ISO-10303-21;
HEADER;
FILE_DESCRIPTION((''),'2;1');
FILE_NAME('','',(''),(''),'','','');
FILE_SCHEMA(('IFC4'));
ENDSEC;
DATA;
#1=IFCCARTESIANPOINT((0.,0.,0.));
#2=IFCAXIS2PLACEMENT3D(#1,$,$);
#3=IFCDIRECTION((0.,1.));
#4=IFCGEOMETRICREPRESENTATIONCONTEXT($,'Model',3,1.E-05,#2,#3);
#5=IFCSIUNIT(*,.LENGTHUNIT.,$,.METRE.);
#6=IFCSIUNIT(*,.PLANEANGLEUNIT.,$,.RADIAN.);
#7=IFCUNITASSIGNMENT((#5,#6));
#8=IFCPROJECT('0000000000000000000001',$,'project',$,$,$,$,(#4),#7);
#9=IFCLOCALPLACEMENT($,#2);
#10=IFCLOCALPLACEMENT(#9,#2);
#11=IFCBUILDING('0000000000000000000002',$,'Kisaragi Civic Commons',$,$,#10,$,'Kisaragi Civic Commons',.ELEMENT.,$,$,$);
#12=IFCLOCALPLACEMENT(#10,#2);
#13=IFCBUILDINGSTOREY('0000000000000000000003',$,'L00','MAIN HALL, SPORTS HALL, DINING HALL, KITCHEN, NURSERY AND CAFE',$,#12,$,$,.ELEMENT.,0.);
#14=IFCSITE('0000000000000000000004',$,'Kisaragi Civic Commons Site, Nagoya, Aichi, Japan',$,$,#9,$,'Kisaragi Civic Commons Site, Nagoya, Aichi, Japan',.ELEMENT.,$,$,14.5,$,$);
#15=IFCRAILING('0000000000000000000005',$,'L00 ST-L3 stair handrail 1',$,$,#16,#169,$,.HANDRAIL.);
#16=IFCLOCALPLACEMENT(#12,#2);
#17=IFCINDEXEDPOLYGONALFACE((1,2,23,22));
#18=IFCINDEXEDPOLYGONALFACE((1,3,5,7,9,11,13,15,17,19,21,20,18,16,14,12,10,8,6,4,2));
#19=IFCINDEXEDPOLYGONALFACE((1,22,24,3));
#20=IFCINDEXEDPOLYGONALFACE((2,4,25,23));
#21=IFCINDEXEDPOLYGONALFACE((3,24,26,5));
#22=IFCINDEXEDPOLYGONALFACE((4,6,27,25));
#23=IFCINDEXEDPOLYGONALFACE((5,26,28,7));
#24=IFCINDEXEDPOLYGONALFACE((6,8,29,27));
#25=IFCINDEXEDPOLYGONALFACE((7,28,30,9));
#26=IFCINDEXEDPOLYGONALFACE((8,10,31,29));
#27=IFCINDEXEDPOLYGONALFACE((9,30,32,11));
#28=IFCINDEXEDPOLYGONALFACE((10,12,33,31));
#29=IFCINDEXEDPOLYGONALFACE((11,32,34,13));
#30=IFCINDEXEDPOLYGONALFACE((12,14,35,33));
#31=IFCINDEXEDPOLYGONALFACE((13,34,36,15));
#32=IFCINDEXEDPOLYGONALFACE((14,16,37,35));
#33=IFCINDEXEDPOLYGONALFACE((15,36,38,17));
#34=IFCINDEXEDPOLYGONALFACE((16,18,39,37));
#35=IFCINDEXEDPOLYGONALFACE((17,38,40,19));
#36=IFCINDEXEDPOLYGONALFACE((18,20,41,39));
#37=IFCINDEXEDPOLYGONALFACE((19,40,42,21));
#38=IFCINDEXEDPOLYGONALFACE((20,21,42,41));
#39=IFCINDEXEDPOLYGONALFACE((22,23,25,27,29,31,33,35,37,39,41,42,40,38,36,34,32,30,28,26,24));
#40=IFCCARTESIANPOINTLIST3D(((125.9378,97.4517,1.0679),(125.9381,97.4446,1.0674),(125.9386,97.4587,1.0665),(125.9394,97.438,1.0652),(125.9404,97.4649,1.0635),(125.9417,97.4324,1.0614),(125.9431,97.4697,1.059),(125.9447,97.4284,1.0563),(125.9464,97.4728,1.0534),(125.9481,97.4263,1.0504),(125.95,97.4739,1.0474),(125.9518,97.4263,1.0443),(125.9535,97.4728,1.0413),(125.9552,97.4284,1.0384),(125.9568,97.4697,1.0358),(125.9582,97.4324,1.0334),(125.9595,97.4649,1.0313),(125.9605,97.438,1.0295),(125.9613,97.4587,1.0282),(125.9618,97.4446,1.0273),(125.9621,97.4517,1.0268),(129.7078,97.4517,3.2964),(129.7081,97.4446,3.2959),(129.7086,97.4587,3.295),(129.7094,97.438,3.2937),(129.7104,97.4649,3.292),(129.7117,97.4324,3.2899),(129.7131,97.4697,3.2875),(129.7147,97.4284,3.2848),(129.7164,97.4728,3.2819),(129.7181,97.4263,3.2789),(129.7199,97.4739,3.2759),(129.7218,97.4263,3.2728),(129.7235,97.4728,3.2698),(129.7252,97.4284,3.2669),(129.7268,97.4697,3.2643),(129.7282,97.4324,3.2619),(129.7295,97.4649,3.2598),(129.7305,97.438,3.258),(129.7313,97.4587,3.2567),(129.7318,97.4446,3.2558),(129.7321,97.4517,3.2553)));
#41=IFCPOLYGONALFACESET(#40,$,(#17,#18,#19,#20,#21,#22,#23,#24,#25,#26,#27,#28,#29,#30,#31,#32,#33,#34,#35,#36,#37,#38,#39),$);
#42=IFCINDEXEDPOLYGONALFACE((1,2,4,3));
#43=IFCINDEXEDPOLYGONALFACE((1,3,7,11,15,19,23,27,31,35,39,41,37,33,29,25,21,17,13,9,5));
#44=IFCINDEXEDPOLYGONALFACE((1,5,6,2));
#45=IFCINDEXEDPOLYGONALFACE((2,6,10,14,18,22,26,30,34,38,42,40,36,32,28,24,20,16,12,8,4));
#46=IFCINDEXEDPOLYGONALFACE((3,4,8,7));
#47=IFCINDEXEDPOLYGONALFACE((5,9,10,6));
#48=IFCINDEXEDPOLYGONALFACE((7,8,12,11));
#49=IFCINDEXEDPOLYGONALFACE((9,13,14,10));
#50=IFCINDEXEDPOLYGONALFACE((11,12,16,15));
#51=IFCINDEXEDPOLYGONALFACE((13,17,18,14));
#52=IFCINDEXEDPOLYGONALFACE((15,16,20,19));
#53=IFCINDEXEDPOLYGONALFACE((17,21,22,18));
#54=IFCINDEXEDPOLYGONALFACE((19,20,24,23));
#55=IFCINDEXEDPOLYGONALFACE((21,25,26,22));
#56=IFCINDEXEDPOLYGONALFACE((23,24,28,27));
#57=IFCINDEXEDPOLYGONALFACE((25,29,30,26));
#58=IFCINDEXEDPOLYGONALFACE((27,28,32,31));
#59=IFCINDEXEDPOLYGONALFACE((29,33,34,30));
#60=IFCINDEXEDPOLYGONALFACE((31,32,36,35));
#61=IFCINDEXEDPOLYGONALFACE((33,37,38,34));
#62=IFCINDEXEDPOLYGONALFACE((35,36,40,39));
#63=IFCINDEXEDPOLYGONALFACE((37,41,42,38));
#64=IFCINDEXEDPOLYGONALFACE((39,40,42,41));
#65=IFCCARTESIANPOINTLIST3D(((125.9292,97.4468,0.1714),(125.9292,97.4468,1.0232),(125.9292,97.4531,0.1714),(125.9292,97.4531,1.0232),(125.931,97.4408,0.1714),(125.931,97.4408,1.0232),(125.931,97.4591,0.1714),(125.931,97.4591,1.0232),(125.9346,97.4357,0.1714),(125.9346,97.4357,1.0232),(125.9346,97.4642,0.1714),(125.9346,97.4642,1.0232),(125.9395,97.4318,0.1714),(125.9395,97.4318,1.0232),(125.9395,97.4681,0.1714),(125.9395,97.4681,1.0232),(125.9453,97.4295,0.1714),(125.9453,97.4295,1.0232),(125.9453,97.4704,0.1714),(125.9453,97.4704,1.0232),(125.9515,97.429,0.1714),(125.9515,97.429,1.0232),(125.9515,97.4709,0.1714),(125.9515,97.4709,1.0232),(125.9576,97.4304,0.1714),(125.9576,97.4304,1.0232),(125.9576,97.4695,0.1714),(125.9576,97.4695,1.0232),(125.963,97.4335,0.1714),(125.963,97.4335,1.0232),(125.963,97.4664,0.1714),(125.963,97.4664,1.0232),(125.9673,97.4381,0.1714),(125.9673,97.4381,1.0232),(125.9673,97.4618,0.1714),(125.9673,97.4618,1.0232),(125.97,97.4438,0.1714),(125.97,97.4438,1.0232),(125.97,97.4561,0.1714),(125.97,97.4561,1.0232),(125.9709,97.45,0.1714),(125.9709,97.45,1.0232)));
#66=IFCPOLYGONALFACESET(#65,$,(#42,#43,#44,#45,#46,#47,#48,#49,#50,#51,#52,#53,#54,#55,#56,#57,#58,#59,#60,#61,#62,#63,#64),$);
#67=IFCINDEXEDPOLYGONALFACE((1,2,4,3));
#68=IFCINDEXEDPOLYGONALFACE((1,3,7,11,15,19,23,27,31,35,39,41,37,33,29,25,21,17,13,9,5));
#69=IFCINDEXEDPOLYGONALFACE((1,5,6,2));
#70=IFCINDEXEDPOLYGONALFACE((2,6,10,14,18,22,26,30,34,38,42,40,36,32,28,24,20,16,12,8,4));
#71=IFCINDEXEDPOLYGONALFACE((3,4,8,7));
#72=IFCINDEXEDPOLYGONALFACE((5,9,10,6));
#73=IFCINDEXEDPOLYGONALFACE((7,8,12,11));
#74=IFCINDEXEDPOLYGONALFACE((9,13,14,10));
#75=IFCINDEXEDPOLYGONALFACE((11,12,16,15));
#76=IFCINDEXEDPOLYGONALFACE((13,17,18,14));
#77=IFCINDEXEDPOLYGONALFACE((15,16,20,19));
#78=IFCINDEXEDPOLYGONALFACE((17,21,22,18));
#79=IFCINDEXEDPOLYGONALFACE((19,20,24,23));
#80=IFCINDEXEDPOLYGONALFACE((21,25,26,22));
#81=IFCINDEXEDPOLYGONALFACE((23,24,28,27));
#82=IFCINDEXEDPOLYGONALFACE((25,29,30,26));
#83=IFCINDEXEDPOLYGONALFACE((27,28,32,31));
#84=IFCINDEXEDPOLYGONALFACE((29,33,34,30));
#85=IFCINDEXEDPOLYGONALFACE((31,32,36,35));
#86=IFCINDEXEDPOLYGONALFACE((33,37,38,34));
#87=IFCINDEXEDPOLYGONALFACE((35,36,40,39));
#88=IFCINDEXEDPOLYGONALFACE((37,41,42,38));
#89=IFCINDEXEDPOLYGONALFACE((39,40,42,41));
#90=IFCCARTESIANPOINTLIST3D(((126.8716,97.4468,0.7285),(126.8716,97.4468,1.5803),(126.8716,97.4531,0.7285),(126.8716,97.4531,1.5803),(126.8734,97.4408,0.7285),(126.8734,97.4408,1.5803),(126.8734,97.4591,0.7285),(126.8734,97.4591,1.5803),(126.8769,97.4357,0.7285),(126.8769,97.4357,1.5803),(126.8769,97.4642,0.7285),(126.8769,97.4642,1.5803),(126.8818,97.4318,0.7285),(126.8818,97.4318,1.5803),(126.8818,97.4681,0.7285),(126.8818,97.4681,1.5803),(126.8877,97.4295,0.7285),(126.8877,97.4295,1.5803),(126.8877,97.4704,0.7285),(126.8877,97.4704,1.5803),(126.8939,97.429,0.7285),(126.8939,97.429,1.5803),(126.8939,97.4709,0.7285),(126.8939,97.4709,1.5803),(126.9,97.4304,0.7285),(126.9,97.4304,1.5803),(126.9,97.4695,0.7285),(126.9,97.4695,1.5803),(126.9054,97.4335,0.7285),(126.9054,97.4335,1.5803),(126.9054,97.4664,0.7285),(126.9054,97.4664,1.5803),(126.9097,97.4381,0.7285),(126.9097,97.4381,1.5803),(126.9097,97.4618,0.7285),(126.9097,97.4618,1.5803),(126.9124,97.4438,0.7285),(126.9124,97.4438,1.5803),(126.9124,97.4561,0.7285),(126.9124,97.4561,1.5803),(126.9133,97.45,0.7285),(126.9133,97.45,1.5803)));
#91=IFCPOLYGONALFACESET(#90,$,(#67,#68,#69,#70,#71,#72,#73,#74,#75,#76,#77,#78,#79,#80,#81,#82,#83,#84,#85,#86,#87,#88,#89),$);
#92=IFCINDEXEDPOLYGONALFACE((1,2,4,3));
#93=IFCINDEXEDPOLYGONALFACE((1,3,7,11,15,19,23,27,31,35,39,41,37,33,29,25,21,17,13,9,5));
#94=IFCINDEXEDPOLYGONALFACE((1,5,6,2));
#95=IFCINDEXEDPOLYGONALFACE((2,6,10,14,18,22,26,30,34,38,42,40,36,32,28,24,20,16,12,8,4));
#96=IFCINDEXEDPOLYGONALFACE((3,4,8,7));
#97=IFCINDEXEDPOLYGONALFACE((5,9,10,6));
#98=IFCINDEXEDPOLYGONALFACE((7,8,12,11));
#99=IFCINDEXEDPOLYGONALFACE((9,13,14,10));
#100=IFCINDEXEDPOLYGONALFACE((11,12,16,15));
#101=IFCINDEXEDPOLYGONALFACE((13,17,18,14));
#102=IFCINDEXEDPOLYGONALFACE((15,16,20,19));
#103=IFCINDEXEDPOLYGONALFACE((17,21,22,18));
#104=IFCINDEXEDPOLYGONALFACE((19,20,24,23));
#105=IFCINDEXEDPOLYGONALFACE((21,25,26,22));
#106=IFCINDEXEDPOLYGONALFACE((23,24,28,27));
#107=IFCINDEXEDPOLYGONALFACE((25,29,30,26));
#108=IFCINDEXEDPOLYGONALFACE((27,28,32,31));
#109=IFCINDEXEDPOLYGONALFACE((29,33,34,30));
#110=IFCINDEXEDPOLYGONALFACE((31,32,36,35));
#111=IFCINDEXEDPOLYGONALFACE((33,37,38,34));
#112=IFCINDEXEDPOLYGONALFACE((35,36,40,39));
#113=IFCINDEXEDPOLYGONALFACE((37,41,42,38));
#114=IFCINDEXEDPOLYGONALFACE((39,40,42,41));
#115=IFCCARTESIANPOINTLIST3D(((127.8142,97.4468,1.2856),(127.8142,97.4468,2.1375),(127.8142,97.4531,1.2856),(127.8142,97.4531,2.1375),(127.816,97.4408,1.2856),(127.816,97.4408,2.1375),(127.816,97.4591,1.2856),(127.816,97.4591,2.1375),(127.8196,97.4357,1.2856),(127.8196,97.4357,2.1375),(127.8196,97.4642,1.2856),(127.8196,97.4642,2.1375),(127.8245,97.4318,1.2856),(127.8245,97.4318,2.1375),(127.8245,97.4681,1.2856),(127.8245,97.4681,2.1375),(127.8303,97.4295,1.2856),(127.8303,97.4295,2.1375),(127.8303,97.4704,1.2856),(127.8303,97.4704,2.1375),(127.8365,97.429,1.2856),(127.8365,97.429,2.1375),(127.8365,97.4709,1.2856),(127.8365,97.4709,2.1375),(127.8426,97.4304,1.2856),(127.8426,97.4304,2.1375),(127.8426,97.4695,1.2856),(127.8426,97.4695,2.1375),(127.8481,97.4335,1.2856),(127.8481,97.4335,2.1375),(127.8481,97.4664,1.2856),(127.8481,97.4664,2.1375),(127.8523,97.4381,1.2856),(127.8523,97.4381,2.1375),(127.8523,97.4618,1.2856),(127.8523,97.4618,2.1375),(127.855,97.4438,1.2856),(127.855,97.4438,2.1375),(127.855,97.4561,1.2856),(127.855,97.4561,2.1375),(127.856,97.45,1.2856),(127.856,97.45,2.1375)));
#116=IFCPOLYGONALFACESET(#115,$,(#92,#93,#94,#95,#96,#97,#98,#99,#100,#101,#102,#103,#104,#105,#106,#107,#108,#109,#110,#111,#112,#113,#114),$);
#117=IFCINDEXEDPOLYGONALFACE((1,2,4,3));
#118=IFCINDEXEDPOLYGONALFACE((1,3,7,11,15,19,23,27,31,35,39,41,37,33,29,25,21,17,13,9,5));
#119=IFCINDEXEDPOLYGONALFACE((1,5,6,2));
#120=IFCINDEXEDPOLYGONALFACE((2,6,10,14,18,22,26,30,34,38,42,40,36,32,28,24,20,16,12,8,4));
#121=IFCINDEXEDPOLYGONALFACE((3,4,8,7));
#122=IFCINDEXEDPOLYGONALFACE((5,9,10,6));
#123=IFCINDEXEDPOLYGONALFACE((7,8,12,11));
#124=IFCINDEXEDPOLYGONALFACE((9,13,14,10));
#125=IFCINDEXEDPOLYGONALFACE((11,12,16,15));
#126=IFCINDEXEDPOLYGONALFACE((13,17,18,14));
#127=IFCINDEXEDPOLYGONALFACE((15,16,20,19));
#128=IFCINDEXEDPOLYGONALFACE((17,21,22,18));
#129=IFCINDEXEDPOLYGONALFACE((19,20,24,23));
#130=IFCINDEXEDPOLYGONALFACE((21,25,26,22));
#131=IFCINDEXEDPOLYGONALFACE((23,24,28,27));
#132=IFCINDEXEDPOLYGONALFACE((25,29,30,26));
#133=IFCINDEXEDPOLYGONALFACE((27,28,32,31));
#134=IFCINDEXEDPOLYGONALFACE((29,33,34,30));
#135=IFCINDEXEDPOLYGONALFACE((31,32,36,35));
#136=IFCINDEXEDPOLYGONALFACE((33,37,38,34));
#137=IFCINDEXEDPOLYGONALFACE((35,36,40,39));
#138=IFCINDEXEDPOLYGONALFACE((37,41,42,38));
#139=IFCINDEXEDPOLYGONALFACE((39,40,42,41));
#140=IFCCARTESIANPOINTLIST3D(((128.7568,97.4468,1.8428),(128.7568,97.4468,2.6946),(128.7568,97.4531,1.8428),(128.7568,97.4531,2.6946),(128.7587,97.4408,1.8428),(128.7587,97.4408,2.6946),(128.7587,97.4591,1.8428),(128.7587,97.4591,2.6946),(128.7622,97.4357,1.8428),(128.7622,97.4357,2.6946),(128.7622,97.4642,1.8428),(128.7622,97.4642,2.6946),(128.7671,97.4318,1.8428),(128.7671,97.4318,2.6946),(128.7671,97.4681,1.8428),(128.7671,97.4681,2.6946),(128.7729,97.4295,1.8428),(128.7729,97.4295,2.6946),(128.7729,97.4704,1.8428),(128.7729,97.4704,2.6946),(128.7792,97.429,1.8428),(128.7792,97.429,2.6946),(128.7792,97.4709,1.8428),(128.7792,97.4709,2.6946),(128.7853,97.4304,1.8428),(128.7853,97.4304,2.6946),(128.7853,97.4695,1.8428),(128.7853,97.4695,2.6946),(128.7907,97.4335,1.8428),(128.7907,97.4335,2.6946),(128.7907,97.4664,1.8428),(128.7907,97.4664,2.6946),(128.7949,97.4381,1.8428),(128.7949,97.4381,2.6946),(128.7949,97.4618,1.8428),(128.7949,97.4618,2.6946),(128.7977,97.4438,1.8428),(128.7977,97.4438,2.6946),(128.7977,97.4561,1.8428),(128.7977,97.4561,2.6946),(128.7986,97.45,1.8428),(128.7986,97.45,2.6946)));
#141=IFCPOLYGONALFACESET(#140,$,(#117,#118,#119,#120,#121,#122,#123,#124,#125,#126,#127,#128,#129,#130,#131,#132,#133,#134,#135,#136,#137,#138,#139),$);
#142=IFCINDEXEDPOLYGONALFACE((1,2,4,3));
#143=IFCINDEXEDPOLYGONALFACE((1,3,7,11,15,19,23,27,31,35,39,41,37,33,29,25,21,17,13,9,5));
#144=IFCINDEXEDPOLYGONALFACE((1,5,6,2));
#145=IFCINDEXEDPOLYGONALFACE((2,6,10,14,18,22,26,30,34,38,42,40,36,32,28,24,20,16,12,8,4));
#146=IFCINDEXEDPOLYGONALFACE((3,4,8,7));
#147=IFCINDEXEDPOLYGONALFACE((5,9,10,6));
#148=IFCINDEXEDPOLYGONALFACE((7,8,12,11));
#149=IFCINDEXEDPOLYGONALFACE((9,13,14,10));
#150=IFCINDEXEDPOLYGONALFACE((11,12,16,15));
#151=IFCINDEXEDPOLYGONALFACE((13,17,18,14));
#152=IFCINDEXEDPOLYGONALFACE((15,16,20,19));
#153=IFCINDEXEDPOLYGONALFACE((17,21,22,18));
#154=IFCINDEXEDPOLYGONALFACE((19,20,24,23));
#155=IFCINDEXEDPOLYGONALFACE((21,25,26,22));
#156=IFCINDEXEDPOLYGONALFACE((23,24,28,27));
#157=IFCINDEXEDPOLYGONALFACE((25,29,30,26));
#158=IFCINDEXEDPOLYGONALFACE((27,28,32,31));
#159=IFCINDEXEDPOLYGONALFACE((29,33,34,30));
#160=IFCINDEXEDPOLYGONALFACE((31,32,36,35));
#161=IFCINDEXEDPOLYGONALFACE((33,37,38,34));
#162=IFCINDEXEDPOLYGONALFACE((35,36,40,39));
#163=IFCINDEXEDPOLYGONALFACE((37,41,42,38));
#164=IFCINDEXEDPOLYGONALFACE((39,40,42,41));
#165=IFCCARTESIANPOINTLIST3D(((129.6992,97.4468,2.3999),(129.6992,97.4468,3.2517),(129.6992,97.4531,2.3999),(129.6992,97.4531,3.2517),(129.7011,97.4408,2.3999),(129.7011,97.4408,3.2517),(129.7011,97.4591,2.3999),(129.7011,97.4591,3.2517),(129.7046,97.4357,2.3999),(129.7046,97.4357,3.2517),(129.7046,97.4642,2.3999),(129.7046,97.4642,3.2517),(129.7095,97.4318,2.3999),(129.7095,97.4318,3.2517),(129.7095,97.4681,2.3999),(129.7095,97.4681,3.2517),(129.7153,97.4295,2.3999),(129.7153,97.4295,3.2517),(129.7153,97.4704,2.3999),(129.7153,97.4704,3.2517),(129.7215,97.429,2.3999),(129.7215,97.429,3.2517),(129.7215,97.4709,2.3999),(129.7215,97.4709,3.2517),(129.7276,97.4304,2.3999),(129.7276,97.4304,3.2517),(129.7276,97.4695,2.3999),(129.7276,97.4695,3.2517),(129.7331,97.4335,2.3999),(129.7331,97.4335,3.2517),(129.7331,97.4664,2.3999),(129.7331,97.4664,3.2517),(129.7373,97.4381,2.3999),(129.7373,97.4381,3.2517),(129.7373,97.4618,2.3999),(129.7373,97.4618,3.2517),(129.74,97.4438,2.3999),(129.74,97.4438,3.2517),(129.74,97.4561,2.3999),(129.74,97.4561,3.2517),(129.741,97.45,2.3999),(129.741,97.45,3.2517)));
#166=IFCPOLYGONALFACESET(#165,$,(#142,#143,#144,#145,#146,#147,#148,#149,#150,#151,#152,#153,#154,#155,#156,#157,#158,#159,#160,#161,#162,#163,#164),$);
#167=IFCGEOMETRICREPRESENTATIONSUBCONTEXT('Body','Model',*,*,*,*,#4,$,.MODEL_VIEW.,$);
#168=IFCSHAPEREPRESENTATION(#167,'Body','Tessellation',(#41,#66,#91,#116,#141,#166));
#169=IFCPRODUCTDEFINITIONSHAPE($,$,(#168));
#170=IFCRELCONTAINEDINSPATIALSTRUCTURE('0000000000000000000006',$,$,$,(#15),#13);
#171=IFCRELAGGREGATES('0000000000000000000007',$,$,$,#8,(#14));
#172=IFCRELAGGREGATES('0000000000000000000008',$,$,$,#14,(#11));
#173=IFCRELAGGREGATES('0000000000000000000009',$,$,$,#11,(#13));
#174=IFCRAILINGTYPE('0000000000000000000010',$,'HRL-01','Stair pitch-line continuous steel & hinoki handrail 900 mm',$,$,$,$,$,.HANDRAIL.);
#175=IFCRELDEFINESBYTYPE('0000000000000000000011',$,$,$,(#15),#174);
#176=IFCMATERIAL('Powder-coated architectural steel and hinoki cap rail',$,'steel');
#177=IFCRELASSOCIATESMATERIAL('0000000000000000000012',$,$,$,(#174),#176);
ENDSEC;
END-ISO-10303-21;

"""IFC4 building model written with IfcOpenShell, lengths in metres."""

from ifc_helpers import new_model, si_unit, direction, frame, origin, origin_2d, place, context, subcontext, project, spatial, circle, extrude, material, type_object, element, save


model = new_model("IFC4")

# Units and contexts
model_context = context("Model", 3, precision=1e-05, world=origin(), true_north=direction((0.0, 1.0)))
body_context = subcontext(model_context, "Body", "Model", "MODEL_VIEW")
ifc_project = project(units=[si_unit("LENGTHUNIT", "METRE"), si_unit("PLANEANGLEUNIT", "RADIAN")], contexts=[model_context])

# Site, building, storey
site_placement = place(None, origin())
site = spatial("IfcSite", under=ifc_project, at=site_placement, Name="Kisaragi Civic Commons Site, Nagoya, Aichi, Japan", LongName="Kisaragi Civic Commons Site, Nagoya, Aichi, Japan", CompositionType="ELEMENT", RefElevation=14.5)
building_placement = place(site_placement, origin())
building = spatial("IfcBuilding", under=site, at=building_placement, Name="Kisaragi Civic Commons", LongName="Kisaragi Civic Commons", CompositionType="ELEMENT")
storey_placement = place(building_placement, origin())
storey = spatial("IfcBuildingStorey", under=building, at=storey_placement, Name="L00", Description="MAIN HALL, SPORTS HALL, DINING HALL, KITCHEN, NURSERY AND CAFE", CompositionType="ELEMENT", Elevation=0.0)

# Railing
ifc_material_1 = material(Name="Powder-coated architectural steel and hinoki cap rail", Category="steel")
railing_type_1 = type_object("IfcRailingType", Name="HRL-01", Description="Stair pitch-line continuous steel & hinoki handrail 900 mm", PredefinedType="HANDRAIL", material=ifc_material_1)
railing_1_placement = place(storey_placement, frame((125.95, 97.45, 0.1714)))
element("IfcRailing", 1, at=railing_1_placement, inside=storey, type_object=railing_type_1, Name="L00 ST-L3 stair handrail 1", PredefinedType="HANDRAIL", context=body_context, shape_type="SweptSolid", body=[
    extrude(circle(Radius=0.0239, at=origin_2d()), frame((0.0, 0.0, 0.876), z_axis=(0.860849, 0.0, 0.508861), x_axis=(0.0, 1.0, 0.0)), (0.0, 0.0, 1.0), 4.3794),
    extrude(circle(Radius=0.021, at=origin_2d()), origin(), (0.0, 0.0, 1.0), 0.8518),
    extrude(circle(Radius=0.021, at=origin_2d()), frame((0.9424, 0.0, 0.5571)), (0.0, 0.0, 1.0), 0.8518),
    extrude(circle(Radius=0.021, at=origin_2d()), frame((1.885, 0.0, 1.1143)), (0.0, 0.0, 1.0), 0.8518),
    extrude(circle(Radius=0.021, at=origin_2d()), frame((2.8276, 0.0, 1.6714)), (0.0, 0.0, 1.0), 0.8518),
    extrude(circle(Radius=0.021, at=origin_2d()), frame((3.77, 0.0, 2.2285)), (0.0, 0.0, 1.0), 0.8518),
])

save(model, "model.ifc")
